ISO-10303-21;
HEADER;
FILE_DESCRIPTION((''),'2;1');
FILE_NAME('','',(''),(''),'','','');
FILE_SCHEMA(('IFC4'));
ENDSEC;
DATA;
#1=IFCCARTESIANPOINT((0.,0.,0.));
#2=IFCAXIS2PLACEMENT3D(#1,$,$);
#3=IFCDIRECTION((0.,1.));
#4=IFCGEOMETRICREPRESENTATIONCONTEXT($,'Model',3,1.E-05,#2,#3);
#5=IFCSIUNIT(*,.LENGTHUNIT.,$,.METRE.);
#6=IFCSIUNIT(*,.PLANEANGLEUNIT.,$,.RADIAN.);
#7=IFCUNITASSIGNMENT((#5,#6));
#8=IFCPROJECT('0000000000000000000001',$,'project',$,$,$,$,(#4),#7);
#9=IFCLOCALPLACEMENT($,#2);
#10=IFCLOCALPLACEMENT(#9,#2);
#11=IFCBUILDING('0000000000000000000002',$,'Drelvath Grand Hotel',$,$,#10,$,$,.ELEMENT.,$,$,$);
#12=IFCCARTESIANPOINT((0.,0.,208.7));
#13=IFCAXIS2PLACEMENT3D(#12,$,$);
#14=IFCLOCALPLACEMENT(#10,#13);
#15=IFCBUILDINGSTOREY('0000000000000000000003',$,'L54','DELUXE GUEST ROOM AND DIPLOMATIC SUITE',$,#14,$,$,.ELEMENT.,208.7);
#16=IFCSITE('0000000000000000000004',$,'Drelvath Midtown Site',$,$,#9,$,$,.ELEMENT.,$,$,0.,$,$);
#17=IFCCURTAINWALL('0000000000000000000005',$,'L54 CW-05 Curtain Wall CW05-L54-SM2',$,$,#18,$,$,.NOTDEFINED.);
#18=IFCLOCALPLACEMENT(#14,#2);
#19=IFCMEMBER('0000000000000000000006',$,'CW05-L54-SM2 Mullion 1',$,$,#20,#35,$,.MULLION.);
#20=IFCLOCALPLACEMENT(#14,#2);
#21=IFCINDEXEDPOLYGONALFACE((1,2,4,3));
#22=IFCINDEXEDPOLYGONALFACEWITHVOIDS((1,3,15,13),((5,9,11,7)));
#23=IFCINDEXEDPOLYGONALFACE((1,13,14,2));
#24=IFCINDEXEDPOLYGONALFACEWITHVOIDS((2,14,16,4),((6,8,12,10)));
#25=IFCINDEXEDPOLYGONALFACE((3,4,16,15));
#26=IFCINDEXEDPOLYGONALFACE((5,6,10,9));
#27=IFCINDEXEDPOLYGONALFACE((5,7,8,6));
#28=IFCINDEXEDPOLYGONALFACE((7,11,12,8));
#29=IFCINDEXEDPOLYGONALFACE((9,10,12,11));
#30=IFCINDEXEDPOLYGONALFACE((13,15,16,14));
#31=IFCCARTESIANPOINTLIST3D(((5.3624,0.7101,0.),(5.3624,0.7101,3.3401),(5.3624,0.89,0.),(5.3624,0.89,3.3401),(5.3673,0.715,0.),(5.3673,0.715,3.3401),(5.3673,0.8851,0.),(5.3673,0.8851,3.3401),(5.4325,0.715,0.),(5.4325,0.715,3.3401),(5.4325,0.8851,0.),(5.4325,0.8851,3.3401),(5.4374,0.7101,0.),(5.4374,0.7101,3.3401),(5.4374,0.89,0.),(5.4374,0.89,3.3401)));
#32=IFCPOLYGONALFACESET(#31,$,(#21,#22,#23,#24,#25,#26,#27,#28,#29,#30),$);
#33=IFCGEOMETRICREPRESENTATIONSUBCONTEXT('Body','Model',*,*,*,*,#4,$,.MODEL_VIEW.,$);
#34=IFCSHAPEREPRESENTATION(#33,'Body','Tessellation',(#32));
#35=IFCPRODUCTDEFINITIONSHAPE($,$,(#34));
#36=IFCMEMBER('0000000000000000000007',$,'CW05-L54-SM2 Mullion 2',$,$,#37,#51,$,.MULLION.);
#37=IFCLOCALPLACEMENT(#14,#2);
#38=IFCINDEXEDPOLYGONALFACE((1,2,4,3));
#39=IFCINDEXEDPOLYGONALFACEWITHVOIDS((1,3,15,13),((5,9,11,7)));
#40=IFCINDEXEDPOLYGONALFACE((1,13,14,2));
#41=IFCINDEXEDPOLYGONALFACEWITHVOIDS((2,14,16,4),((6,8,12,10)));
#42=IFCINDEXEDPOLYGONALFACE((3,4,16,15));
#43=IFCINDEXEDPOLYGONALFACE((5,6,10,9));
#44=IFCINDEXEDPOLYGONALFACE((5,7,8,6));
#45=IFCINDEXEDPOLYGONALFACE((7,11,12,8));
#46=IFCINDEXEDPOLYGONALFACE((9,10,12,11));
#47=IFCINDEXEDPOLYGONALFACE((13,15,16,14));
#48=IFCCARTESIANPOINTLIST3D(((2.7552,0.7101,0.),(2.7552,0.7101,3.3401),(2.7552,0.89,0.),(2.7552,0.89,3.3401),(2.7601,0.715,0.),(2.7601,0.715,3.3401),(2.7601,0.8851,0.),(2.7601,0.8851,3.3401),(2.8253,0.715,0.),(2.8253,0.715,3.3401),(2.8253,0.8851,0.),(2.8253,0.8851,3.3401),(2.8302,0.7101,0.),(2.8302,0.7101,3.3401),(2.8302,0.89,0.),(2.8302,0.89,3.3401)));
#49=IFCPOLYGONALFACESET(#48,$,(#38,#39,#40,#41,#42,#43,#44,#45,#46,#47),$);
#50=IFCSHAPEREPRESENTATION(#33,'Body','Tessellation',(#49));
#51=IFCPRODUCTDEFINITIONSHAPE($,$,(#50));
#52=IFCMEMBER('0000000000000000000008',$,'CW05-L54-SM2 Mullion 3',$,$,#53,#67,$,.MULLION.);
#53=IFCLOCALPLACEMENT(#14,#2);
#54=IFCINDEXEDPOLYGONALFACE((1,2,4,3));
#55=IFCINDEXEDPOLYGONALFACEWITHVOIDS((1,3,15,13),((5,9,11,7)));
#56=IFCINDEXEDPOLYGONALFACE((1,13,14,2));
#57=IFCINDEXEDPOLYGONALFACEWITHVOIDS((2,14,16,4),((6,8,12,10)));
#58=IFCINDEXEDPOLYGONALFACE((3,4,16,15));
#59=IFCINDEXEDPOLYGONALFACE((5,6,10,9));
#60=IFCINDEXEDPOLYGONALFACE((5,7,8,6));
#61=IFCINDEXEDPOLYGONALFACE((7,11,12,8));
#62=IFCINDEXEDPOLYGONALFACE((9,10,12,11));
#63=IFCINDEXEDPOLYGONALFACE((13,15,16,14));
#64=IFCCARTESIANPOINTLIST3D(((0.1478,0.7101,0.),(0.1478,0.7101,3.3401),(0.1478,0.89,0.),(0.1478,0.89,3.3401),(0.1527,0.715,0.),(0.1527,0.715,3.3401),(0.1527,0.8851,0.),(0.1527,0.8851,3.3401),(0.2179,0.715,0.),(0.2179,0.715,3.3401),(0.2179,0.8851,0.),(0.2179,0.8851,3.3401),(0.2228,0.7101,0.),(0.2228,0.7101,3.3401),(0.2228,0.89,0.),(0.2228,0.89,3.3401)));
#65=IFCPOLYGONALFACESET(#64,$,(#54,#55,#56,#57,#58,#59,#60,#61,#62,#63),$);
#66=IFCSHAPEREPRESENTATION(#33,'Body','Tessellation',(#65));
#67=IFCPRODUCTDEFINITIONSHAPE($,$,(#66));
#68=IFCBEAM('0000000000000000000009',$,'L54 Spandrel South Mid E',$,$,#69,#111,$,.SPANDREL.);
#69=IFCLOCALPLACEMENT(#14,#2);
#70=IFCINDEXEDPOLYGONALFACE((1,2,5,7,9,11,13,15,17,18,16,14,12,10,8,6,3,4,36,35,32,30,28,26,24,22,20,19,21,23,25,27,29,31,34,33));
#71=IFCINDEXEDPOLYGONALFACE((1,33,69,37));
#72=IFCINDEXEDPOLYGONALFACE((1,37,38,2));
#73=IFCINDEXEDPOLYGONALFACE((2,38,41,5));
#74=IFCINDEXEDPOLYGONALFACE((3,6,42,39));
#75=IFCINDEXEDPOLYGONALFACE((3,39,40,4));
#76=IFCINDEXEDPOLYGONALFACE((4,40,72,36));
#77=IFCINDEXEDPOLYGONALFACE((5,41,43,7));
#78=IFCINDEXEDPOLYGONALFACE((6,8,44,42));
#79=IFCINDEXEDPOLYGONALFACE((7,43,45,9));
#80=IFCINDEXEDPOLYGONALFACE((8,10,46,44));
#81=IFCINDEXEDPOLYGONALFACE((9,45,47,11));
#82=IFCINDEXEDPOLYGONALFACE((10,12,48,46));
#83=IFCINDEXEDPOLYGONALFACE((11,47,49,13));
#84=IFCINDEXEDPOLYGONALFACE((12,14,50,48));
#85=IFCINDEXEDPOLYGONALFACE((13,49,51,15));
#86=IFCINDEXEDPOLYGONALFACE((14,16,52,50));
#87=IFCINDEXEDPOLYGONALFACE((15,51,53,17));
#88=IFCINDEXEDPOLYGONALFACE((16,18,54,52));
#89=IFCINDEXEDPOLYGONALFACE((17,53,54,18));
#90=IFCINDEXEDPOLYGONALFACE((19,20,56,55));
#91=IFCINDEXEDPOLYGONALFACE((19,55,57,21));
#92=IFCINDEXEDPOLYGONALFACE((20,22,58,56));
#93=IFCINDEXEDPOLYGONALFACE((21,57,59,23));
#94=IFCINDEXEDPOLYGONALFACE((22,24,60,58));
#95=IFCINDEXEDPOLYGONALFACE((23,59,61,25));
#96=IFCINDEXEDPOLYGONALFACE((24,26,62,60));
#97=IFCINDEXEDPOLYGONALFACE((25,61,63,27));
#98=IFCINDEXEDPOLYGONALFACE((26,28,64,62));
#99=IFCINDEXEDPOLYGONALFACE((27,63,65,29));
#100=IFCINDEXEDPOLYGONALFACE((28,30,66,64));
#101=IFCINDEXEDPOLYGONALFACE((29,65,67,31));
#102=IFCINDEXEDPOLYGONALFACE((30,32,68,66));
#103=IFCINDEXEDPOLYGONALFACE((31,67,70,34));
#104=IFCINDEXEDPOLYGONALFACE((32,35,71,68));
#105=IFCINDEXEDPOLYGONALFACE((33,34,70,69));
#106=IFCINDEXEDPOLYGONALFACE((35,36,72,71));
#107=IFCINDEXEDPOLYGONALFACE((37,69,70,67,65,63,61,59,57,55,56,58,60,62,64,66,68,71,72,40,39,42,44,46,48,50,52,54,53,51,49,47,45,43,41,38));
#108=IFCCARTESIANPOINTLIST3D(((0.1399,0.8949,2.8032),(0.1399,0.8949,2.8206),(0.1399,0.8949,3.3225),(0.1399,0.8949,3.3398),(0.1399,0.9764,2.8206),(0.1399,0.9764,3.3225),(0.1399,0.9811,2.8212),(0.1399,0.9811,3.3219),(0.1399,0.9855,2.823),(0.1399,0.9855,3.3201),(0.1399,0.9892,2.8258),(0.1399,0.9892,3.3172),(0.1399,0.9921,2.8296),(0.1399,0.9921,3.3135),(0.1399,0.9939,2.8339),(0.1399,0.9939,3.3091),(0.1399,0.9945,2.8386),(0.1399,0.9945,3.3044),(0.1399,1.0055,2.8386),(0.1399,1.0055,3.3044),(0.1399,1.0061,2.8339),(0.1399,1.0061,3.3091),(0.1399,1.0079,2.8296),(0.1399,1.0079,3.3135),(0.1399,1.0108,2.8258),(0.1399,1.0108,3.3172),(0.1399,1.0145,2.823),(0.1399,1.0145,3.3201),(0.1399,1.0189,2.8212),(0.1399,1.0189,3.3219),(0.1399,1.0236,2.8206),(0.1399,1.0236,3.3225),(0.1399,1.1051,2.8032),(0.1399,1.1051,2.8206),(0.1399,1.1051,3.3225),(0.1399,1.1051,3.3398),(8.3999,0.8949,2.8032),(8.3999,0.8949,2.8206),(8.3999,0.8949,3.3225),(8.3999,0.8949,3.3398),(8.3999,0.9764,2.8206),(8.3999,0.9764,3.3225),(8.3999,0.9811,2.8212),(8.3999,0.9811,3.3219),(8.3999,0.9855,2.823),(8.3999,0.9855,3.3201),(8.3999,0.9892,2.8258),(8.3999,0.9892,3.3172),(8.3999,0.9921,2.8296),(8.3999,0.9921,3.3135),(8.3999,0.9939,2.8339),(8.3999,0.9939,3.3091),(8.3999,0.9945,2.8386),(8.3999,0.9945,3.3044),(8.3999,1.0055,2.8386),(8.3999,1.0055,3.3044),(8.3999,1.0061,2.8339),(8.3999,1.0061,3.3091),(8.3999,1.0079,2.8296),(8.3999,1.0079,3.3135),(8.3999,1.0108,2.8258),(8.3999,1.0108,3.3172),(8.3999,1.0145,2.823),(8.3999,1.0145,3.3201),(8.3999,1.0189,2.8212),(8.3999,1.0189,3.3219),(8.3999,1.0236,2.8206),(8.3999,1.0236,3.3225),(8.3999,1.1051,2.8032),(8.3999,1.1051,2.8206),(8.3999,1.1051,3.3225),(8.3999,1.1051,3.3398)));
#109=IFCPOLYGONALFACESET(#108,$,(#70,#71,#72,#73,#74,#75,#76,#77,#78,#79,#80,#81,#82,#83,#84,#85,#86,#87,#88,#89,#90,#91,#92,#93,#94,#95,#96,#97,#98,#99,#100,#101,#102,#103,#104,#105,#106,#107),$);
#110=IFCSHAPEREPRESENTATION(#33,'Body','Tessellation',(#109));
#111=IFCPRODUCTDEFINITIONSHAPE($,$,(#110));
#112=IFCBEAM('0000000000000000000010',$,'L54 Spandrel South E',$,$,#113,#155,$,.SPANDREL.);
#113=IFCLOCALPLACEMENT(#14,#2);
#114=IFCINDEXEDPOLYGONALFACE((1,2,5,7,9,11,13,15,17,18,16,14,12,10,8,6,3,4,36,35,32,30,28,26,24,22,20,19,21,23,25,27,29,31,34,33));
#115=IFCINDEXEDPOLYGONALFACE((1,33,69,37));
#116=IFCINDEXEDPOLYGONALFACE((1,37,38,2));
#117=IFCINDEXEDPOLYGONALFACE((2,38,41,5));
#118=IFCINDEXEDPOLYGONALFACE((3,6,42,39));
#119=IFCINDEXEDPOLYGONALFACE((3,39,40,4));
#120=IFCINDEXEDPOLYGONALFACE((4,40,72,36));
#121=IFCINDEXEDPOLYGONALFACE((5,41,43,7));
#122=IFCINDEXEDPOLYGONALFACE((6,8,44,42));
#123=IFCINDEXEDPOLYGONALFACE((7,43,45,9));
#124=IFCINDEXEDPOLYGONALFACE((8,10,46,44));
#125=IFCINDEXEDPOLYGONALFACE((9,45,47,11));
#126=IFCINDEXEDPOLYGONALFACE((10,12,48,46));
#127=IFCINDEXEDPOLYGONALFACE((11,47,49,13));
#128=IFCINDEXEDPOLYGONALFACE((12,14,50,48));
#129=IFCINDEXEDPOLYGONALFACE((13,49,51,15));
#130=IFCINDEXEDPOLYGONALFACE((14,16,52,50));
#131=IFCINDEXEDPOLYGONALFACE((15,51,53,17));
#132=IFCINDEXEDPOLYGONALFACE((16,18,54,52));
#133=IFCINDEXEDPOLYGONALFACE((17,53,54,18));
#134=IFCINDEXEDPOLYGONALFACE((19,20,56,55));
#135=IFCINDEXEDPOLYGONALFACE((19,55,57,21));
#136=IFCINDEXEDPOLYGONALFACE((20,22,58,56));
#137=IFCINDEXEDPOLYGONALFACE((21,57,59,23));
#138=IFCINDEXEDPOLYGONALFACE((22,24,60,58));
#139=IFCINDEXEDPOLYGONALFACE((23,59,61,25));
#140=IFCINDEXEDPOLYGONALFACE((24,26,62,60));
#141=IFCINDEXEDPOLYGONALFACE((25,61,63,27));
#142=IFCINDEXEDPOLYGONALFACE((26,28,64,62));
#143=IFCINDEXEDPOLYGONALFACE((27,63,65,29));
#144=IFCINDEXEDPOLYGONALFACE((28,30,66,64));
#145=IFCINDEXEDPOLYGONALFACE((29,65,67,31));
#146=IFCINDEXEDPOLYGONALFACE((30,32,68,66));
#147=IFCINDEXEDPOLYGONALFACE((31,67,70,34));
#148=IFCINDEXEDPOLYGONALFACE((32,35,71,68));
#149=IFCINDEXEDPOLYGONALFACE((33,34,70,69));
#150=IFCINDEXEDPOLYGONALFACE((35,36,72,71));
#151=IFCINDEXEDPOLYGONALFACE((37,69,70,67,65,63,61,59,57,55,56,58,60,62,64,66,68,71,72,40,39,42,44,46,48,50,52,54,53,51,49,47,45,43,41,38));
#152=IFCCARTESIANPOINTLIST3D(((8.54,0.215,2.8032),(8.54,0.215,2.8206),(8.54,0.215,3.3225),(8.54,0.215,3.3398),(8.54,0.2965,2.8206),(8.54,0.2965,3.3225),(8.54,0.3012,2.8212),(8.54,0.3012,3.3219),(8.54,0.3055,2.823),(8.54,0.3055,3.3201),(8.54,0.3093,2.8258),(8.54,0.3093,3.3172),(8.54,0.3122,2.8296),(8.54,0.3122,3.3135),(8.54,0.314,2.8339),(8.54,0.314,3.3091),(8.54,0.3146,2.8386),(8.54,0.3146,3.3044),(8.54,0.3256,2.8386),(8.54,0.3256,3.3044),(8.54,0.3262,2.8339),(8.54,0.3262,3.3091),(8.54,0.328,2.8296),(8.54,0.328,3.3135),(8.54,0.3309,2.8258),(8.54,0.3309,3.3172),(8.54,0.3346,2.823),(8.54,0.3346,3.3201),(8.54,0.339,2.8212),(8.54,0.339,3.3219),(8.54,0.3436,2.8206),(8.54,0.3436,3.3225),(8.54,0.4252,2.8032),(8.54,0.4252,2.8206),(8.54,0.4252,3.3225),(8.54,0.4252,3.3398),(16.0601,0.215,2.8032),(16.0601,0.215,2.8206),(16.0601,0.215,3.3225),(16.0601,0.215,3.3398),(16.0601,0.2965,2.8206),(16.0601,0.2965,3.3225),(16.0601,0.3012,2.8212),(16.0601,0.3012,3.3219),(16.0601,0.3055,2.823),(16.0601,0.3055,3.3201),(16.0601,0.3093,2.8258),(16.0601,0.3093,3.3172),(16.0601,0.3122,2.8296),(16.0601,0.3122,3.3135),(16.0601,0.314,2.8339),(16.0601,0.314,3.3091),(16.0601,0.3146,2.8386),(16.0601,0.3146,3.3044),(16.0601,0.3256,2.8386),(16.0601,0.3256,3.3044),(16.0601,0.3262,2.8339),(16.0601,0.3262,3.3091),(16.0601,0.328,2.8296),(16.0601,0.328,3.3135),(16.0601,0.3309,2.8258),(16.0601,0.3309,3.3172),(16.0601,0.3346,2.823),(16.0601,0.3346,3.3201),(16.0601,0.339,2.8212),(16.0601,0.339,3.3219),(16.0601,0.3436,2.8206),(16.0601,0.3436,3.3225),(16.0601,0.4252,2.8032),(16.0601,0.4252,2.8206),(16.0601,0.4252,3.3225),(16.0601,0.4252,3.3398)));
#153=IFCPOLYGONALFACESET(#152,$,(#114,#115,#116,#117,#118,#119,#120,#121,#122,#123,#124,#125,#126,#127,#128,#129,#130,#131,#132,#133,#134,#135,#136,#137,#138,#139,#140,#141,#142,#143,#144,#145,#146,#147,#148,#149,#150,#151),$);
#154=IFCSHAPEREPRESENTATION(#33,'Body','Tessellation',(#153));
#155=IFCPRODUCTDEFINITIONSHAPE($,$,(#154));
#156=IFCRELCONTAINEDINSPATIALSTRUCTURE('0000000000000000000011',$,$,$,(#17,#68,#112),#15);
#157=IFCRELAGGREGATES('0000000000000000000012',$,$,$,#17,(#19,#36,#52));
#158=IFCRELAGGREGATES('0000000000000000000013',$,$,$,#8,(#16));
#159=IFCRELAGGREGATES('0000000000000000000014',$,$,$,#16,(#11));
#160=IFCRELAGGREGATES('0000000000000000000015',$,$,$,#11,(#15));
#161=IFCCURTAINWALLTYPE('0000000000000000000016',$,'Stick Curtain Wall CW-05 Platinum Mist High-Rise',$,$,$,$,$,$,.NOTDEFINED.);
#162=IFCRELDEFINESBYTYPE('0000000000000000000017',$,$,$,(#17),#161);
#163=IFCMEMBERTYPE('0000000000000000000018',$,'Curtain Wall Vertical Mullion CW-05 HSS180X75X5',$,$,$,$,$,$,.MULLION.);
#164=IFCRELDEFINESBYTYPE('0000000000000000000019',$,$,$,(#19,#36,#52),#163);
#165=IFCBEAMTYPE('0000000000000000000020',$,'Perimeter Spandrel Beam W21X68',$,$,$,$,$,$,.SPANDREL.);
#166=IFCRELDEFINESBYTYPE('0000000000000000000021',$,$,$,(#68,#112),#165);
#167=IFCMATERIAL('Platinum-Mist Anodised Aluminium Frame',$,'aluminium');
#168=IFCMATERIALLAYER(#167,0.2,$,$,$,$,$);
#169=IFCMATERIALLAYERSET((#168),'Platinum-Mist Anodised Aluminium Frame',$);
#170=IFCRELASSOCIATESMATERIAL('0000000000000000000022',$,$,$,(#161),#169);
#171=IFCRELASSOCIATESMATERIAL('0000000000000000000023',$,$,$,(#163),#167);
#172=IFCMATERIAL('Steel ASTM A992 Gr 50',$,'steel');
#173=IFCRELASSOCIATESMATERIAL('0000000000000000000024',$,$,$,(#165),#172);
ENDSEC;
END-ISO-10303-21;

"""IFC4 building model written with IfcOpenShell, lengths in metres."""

from ifc_helpers import new_model, si_unit, direction, frame, origin, origin_2d, place, context, subcontext, project, spatial, hollow_rectangle, i_section, extrude, material, layer, layer_set, material_profile, profile_set, type_object, element, aggregate, save


model = new_model("IFC4")

# Units and contexts
model_context = context("Model", 3, precision=1e-05, world=origin(), true_north=direction((0.0, 1.0)))
body_context = subcontext(model_context, "Body", "Model", "MODEL_VIEW")
ifc_project = project(units=[si_unit("LENGTHUNIT", "METRE"), si_unit("PLANEANGLEUNIT", "RADIAN")], contexts=[model_context])

# Site, building, storey
site_placement = place(None, origin())
site = spatial("IfcSite", under=ifc_project, at=site_placement, Name="Drelvath Midtown Site", CompositionType="ELEMENT", RefElevation=0.0)
building_placement = place(site_placement, origin())
building = spatial("IfcBuilding", under=site, at=building_placement, Name="Drelvath Grand Hotel", CompositionType="ELEMENT")
storey_placement = place(building_placement, frame((0.0, 0.0, 208.7)))
storey = spatial("IfcBuildingStorey", under=building, at=storey_placement, Name="L54", Description="DELUXE GUEST ROOM AND DIPLOMATIC SUITE", CompositionType="ELEMENT", Elevation=208.7)

# Curtain wall
ifc_material_1 = material(Name="Platinum-Mist Anodised Aluminium Frame", Category="aluminium")
ifc_layer_1 = layer(ifc_material_1, 0.2)
ifc_layer_set_1 = layer_set([ifc_layer_1], Name="Platinum-Mist Anodised Aluminium Frame")
curtain_wall_type = type_object("IfcCurtainWallType", Name="Stick Curtain Wall CW-05 Platinum Mist High-Rise", PredefinedType="NOTDEFINED", material=ifc_layer_set_1)
curtain_wall_1_placement = place(storey_placement, origin())
curtain_wall_1 = element("IfcCurtainWall", 1, at=curtain_wall_1_placement, inside=storey, type_object=curtain_wall_type, Name="L54 CW-05 Curtain Wall CW05-L54-SM2", PredefinedType="NOTDEFINED")

# Shared definitions
ifc_material_profile_1 = material_profile(ifc_material_1, hollow_rectangle(XDim=0.075, YDim=0.1799, WallThickness=0.0049, at=origin_2d()), Name="HSS180X75X5")
ifc_profile_set_1 = profile_set([ifc_material_profile_1], Name="Platinum-Mist Anodised Aluminium Frame")
member_type_1 = type_object("IfcMemberType", Name="Curtain Wall Vertical Mullion CW-05 HSS180X75X5", PredefinedType="MULLION", material=ifc_profile_set_1)

# Members
member_1_placement = place(storey_placement, frame((5.3999, 0.8, 0.0), z_axis=(0.0, 0.0, 1.0), x_axis=(1.0, 0.0, 0.0)))
member_1 = element("IfcMember", 2, at=member_1_placement, type_object=member_type_1, Name="CW05-L54-SM2 Mullion 1", PredefinedType="MULLION", context=body_context, shape_type="SweptSolid", body=[
    extrude(hollow_rectangle(XDim=0.075, YDim=0.1799, WallThickness=0.0049, at=origin_2d()), origin(), (0.0, 0.0, 1.0), 3.3401),
])
member_2_placement = place(storey_placement, frame((2.7927, 0.8, 0.0), z_axis=(0.0, 0.0, 1.0), x_axis=(1.0, 0.0, 0.0)))
member_2 = element("IfcMember", 3, at=member_2_placement, type_object=member_type_1, Name="CW05-L54-SM2 Mullion 2", PredefinedType="MULLION", context=body_context, shape_type="SweptSolid", body=[
    extrude(hollow_rectangle(XDim=0.075, YDim=0.1799, WallThickness=0.0049, at=origin_2d()), origin(), (0.0, 0.0, 1.0), 3.3401),
])
member_3_placement = place(storey_placement, frame((0.1853, 0.8, 0.0), z_axis=(0.0, 0.0, 1.0), x_axis=(1.0, 0.0, 0.0)))
member_3 = element("IfcMember", 4, at=member_3_placement, type_object=member_type_1, Name="CW05-L54-SM2 Mullion 3", PredefinedType="MULLION", context=body_context, shape_type="SweptSolid", body=[
    extrude(hollow_rectangle(XDim=0.075, YDim=0.1799, WallThickness=0.0049, at=origin_2d()), origin(), (0.0, 0.0, 1.0), 3.3401),
])

# Beams
ifc_material_2 = material(Name="Steel ASTM A992 Gr 50", Category="steel")
ifc_material_profile_2 = material_profile(ifc_material_2, i_section(OverallWidth=0.2102, OverallDepth=0.5366, WebThickness=0.011, FlangeThickness=0.0173, FilletRadius=0.0181, at=origin_2d()), Name="W21X68")
ifc_profile_set_2 = profile_set([ifc_material_profile_2], Name="Steel ASTM A992 Gr 50")
beam_type_1 = type_object("IfcBeamType", Name="Perimeter Spandrel Beam W21X68", PredefinedType="SPANDREL", material=ifc_profile_set_2)
beam_1_placement = place(storey_placement, frame((0.1399, 1.0, 3.0715), z_axis=(1.0, 0.0, 0.0), x_axis=(0.0, 1.0, 0.0)))
element("IfcBeam", 5, at=beam_1_placement, inside=storey, type_object=beam_type_1, Name="L54 Spandrel South Mid E", PredefinedType="SPANDREL", context=body_context, shape_type="SweptSolid", body=[
    extrude(i_section(OverallWidth=0.2102, OverallDepth=0.5366, WebThickness=0.011, FlangeThickness=0.0173, FilletRadius=0.0181, at=origin_2d()), origin(), (0.0, 0.0, 1.0), 8.26),
])
beam_2_placement = place(storey_placement, frame((8.54, 0.3201, 3.0715), z_axis=(1.0, 0.0, 0.0), x_axis=(0.0, 1.0, 0.0)))
element("IfcBeam", 6, at=beam_2_placement, inside=storey, type_object=beam_type_1, Name="L54 Spandrel South E", PredefinedType="SPANDREL", context=body_context, shape_type="SweptSolid", body=[
    extrude(i_section(OverallWidth=0.2102, OverallDepth=0.5366, WebThickness=0.011, FlangeThickness=0.0173, FilletRadius=0.0181, at=origin_2d()), origin(), (0.0, 0.0, 1.0), 7.52),
])

aggregate(curtain_wall_1, [member_1, member_2, member_3])

save(model, "model.ifc")
